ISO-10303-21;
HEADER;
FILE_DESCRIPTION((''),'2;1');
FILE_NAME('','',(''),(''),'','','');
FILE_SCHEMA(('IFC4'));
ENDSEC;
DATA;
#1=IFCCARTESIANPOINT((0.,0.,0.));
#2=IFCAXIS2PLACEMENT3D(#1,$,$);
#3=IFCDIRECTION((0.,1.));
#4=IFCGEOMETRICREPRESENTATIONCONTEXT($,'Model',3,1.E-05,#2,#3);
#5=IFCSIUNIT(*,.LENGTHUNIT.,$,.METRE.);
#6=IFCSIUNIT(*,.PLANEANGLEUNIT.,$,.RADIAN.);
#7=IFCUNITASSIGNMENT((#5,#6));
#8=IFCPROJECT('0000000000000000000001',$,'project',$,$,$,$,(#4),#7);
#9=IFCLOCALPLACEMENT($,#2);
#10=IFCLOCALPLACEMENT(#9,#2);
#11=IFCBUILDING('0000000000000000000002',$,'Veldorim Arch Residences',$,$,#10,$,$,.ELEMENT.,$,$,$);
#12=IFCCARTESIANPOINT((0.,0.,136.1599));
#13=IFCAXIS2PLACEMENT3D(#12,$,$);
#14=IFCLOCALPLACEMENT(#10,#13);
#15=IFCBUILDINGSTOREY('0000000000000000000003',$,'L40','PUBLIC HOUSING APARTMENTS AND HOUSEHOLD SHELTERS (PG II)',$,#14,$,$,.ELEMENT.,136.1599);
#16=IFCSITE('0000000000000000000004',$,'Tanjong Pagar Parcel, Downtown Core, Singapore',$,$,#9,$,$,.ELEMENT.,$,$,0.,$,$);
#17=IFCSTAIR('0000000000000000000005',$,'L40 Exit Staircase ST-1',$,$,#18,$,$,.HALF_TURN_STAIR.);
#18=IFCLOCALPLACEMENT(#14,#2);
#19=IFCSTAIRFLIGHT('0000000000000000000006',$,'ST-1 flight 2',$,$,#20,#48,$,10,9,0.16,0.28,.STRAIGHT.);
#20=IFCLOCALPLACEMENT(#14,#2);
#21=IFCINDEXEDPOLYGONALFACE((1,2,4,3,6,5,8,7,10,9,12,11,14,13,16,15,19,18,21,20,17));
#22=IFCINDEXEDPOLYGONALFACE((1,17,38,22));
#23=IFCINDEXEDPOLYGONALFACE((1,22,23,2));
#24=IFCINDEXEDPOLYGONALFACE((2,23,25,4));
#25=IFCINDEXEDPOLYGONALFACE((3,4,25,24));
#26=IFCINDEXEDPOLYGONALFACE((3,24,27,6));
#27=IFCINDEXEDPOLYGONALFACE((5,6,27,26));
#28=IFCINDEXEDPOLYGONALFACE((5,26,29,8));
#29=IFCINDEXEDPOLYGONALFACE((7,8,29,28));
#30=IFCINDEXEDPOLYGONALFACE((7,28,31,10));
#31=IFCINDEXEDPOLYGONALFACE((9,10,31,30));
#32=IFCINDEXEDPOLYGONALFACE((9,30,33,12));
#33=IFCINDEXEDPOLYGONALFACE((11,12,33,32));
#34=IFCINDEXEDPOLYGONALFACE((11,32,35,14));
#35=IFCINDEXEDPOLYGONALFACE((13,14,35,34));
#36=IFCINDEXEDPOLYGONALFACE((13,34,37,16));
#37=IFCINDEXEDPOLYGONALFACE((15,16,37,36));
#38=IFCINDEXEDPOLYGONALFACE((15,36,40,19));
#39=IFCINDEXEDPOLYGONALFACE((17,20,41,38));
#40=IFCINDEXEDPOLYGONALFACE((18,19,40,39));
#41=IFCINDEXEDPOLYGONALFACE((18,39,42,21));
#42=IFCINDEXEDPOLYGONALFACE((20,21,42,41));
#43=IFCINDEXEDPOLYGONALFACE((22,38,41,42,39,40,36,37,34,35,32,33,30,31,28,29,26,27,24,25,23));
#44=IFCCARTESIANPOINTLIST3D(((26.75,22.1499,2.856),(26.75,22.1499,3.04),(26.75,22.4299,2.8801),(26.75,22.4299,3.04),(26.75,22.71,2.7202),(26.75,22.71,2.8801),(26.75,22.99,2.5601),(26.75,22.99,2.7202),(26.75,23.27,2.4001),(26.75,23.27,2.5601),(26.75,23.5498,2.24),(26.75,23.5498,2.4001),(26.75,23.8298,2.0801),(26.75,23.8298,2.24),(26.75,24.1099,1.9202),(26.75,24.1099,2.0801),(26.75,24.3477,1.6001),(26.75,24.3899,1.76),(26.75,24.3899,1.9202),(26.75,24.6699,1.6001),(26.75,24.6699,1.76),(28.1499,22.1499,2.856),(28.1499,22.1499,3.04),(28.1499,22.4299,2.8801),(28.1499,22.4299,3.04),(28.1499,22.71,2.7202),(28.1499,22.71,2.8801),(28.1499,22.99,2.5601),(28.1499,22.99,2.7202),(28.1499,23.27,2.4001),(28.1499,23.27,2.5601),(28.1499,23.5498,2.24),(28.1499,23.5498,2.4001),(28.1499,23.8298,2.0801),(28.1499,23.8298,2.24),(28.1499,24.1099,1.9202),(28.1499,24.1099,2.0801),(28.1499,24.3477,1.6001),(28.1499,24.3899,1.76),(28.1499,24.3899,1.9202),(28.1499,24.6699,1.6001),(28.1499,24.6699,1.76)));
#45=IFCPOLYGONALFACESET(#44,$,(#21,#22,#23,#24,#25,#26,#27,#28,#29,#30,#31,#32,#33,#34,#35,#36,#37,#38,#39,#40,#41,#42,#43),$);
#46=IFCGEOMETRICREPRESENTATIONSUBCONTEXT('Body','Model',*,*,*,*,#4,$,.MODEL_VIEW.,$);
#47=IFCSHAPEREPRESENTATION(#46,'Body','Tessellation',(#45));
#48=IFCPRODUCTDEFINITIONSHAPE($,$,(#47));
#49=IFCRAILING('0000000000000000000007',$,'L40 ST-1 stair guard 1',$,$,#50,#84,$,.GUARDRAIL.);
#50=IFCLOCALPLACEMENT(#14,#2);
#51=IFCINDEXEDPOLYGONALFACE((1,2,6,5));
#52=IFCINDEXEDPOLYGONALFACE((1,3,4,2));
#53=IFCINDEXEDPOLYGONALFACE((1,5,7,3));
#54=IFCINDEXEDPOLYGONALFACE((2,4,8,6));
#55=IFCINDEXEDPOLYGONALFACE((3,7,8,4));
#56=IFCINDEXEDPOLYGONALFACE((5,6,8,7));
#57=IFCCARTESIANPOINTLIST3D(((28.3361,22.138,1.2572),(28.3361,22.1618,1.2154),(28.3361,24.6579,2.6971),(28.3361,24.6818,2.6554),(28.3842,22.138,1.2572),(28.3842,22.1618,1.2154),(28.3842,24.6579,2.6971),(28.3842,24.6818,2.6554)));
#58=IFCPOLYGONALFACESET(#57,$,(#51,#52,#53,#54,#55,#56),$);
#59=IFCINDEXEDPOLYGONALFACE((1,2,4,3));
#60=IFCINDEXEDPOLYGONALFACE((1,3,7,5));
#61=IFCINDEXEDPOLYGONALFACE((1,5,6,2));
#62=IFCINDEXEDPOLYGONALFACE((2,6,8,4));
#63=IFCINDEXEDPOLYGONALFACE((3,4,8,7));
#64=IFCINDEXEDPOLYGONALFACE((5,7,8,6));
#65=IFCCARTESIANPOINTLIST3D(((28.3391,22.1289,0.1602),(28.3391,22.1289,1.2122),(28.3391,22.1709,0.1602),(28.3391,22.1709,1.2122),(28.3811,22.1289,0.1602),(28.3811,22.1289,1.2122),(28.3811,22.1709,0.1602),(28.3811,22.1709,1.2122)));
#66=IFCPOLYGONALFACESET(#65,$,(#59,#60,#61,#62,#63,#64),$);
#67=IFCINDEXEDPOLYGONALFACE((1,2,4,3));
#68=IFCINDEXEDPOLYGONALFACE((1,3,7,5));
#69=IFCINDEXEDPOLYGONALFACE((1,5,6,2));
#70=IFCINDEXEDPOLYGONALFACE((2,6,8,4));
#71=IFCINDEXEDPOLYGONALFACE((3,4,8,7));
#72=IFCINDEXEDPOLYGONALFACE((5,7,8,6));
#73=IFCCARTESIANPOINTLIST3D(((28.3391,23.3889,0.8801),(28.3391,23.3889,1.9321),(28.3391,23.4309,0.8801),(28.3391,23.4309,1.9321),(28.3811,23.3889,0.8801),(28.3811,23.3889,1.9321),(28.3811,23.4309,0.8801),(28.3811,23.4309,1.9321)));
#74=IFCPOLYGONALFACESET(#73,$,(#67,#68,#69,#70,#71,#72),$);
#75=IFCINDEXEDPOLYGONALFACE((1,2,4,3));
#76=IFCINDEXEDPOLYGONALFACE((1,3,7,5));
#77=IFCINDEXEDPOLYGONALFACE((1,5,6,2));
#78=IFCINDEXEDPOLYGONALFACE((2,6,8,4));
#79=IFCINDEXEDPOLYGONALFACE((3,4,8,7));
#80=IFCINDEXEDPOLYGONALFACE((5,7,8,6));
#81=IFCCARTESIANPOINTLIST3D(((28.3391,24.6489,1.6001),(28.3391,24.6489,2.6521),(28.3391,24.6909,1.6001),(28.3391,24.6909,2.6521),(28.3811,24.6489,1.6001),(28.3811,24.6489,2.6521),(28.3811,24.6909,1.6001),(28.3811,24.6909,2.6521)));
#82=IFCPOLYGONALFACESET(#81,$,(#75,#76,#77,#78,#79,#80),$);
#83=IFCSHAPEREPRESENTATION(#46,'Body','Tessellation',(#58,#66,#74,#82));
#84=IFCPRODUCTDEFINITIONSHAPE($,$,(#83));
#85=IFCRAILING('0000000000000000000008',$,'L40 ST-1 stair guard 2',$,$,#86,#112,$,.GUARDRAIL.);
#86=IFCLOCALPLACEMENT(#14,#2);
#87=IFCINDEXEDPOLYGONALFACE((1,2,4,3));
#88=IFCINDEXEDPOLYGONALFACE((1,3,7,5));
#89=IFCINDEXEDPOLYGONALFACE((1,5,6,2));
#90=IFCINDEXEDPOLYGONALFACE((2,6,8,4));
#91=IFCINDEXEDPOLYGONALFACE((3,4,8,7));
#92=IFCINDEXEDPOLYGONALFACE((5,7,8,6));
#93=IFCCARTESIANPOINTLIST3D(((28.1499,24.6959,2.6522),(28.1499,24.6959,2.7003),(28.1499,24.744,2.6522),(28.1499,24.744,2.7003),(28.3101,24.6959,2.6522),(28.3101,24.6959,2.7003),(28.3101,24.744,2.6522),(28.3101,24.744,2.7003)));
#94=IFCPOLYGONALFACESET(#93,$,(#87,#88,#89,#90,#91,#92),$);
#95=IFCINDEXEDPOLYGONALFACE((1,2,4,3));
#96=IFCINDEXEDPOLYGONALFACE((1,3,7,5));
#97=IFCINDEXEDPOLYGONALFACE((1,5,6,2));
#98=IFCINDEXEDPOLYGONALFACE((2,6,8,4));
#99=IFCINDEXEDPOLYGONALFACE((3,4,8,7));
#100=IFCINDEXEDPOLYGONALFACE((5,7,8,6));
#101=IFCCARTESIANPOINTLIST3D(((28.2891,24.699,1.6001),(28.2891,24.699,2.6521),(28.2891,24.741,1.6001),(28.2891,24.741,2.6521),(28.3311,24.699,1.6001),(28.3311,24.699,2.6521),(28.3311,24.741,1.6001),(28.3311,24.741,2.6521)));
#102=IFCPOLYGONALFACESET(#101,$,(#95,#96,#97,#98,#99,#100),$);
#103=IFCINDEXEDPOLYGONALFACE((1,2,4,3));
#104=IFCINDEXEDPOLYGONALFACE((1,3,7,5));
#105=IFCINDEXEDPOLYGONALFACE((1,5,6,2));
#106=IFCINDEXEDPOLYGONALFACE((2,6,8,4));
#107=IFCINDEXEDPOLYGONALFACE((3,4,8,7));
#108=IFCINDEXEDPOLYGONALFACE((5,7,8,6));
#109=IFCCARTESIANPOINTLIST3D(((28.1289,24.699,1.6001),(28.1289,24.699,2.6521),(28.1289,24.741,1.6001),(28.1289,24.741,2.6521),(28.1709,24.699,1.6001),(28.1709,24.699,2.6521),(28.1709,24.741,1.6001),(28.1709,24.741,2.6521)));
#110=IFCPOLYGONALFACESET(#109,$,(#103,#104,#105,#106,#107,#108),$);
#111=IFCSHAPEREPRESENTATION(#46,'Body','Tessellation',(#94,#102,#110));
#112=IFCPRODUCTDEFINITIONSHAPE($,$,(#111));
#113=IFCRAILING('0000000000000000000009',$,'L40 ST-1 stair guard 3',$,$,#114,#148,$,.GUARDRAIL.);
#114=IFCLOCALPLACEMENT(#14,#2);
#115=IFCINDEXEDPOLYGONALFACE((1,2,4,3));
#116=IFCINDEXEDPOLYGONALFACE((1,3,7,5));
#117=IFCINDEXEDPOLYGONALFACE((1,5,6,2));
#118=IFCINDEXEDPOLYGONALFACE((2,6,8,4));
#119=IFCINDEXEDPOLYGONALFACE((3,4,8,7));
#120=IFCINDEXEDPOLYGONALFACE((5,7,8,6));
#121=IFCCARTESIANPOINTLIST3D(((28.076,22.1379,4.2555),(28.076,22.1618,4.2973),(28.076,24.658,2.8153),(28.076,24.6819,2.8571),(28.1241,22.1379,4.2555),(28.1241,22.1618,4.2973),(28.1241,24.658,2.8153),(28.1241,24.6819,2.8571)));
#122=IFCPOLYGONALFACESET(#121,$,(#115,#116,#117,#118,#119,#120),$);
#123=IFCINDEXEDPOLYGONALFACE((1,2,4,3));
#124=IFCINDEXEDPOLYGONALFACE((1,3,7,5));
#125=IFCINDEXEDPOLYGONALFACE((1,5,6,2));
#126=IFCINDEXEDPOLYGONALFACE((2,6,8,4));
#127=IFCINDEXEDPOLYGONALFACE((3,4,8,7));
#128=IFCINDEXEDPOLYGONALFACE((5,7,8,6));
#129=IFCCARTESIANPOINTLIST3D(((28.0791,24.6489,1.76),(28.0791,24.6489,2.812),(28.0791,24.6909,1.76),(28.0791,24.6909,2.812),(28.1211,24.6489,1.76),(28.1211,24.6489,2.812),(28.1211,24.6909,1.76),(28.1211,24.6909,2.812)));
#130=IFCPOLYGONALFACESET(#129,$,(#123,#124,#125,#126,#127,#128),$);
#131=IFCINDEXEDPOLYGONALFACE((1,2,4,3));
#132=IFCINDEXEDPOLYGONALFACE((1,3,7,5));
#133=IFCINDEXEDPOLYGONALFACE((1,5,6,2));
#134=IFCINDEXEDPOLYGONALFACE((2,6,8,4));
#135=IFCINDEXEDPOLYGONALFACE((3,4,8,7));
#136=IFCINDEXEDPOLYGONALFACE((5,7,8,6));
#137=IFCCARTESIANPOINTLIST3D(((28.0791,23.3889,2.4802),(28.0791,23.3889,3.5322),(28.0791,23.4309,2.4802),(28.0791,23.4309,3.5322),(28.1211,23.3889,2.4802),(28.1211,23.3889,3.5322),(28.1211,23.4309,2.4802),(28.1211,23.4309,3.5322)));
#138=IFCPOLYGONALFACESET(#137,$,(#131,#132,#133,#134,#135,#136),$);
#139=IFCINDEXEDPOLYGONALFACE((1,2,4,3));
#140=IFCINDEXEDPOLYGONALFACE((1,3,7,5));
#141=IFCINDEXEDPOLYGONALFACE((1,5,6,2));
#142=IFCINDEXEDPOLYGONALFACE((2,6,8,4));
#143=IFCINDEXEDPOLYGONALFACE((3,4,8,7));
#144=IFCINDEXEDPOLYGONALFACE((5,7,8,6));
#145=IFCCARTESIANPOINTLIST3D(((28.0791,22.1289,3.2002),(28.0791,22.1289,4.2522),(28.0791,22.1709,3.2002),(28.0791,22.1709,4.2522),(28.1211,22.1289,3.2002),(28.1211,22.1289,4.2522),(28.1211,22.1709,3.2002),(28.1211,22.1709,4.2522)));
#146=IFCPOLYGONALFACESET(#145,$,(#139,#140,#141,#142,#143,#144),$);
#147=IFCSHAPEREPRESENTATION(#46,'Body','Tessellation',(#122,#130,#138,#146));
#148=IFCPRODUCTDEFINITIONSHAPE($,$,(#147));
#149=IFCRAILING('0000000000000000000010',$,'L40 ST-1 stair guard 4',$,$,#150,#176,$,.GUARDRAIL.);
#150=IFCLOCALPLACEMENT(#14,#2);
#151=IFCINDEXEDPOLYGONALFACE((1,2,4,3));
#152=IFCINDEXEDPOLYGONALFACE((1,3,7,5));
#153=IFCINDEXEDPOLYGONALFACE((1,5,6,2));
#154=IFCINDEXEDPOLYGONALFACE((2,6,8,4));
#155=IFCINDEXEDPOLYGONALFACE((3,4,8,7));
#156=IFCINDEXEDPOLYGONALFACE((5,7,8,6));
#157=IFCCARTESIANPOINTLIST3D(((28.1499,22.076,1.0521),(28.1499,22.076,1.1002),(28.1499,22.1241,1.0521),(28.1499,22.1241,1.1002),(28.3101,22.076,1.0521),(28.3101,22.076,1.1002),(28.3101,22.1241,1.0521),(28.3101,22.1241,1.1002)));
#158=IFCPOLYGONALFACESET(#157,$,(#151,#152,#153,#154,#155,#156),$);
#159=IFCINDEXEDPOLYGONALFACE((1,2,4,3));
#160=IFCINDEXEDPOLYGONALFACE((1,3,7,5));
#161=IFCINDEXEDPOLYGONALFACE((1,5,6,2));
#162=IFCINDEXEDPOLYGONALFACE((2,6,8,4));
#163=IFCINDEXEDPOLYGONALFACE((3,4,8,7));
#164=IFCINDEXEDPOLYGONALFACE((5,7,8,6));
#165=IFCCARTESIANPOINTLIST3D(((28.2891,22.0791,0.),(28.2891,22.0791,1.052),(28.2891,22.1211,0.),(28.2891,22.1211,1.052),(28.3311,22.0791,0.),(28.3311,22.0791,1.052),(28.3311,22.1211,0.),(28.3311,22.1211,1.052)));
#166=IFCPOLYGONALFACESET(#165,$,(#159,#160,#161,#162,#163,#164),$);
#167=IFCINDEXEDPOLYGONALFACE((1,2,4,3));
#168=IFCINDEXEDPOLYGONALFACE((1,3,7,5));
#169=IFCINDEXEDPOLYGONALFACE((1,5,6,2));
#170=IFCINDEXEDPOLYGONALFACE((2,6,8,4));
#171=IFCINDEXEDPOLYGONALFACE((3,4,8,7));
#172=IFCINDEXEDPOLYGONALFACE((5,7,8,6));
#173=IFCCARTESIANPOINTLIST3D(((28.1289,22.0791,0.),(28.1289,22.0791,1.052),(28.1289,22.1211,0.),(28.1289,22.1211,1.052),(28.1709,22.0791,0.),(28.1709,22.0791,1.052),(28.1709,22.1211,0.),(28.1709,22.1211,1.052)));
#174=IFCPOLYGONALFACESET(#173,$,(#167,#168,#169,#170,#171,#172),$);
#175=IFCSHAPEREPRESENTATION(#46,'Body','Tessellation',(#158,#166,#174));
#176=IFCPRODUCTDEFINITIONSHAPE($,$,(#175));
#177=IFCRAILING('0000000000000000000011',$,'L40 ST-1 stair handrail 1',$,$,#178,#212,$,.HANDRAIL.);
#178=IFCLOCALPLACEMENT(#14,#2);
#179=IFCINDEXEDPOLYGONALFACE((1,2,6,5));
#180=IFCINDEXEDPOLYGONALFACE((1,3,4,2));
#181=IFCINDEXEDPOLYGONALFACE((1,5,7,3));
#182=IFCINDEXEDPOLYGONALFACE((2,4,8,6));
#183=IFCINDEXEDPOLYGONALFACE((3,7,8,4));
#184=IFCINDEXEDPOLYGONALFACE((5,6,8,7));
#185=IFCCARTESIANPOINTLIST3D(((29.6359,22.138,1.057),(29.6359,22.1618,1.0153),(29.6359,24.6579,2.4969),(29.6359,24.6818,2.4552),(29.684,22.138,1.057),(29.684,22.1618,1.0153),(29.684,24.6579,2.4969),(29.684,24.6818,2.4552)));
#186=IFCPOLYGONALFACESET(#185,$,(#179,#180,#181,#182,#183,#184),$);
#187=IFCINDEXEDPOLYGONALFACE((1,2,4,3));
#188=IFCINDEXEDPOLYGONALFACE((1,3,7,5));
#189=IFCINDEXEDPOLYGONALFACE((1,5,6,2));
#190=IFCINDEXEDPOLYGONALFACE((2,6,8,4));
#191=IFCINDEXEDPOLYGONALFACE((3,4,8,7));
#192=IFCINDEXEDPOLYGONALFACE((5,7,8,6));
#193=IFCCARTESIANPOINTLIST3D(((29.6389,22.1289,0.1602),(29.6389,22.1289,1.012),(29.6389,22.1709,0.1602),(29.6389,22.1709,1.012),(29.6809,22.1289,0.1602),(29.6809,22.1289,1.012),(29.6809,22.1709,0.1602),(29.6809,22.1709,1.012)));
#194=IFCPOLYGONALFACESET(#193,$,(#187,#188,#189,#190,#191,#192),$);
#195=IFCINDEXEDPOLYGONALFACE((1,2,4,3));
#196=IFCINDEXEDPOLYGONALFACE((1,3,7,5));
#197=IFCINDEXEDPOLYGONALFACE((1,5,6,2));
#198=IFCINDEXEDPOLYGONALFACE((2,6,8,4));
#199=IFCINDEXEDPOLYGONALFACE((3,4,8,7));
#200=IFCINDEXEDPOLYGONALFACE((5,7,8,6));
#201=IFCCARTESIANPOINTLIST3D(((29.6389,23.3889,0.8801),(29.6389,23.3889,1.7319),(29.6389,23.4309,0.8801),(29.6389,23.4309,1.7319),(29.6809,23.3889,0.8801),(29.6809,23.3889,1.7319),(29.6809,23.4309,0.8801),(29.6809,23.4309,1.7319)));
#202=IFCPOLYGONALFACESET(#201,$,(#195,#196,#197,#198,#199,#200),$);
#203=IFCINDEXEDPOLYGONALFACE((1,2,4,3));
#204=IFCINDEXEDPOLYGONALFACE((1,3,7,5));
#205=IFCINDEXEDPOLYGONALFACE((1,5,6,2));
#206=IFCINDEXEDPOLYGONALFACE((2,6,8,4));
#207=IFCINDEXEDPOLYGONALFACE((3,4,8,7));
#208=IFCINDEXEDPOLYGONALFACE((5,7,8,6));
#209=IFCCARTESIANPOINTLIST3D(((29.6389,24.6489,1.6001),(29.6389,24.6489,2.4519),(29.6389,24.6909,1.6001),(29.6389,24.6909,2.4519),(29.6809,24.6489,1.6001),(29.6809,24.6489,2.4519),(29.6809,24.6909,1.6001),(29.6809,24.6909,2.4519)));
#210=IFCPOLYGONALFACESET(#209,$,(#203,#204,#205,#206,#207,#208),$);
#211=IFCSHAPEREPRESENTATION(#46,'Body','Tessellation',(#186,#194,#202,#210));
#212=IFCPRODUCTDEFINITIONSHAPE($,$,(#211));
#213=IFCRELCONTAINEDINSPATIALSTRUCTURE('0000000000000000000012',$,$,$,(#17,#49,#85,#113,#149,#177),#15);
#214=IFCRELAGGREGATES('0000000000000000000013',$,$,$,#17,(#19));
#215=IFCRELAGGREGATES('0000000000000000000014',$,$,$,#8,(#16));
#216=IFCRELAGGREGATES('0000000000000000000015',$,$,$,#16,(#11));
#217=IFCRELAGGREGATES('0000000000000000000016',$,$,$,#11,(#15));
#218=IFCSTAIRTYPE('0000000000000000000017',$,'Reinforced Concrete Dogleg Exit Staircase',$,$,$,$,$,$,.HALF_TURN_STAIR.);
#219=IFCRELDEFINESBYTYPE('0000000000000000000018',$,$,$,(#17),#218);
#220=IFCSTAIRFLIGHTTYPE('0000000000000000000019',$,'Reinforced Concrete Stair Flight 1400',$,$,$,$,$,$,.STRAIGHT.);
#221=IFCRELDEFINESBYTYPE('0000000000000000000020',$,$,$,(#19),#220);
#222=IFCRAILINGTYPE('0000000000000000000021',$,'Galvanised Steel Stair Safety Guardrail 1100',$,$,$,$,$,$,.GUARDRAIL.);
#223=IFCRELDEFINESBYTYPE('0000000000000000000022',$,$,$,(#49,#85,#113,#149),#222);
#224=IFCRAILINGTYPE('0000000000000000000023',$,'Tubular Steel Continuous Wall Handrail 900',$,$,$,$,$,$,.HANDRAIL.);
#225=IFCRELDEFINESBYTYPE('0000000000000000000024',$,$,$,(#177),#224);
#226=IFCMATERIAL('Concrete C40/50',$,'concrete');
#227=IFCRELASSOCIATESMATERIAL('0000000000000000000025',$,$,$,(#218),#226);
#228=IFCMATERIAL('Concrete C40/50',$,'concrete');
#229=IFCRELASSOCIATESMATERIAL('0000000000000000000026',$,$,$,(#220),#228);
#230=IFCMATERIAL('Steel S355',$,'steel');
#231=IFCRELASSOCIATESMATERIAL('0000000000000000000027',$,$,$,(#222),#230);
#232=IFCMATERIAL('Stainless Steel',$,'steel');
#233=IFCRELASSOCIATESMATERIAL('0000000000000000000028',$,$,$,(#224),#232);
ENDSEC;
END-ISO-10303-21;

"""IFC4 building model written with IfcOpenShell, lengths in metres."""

from ifc_helpers import new_model, si_unit, direction, frame, origin, origin_2d, place, context, subcontext, project, spatial, polyline, rectangle, outline, extrude, material, type_object, element, aggregate, save


model = new_model("IFC4")

# Units and contexts
model_context = context("Model", 3, precision=1e-05, world=origin(), true_north=direction((0.0, 1.0)))
body_context = subcontext(model_context, "Body", "Model", "MODEL_VIEW")
ifc_project = project(units=[si_unit("LENGTHUNIT", "METRE"), si_unit("PLANEANGLEUNIT", "RADIAN")], contexts=[model_context])

# Site, building, storey
site_placement = place(None, origin())
site = spatial("IfcSite", under=ifc_project, at=site_placement, Name="Tanjong Pagar Parcel, Downtown Core, Singapore", CompositionType="ELEMENT", RefElevation=0.0)
building_placement = place(site_placement, origin())
building = spatial("IfcBuilding", under=site, at=building_placement, Name="Veldorim Arch Residences", CompositionType="ELEMENT")
storey_placement = place(building_placement, frame((0.0, 0.0, 136.1599)))
storey = spatial("IfcBuildingStorey", under=building, at=storey_placement, Name="L40", Description="PUBLIC HOUSING APARTMENTS AND HOUSEHOLD SHELTERS (PG II)", CompositionType="ELEMENT", Elevation=136.1599)

# Stair, stair flight
ifc_material_1 = material(Name="Concrete C40/50", Category="concrete")
stair_type = type_object("IfcStairType", Name="Reinforced Concrete Dogleg Exit Staircase", PredefinedType="HALF_TURN_STAIR", material=ifc_material_1)
stair_placement = place(storey_placement, origin())
stair = element("IfcStair", 1, at=stair_placement, inside=storey, type_object=stair_type, Name="L40 Exit Staircase ST-1", PredefinedType="HALF_TURN_STAIR")
ifc_material_2 = material(Name="Concrete C40/50", Category="concrete")
stair_flight_type = type_object("IfcStairFlightType", Name="Reinforced Concrete Stair Flight 1400", PredefinedType="STRAIGHT", material=ifc_material_2)
stair_flight_1_placement = place(storey_placement, frame((27.45, 24.6699, 1.6001), z_axis=(0.0, 0.0, 1.0), x_axis=(0.0, -1.0, 0.0)))
stair_flight_1 = element("IfcStairFlight", 2, at=stair_flight_1_placement, type_object=stair_flight_type, Name="ST-1 flight 2", NumberOfRisers=10, NumberOfTreads=9, PredefinedType="STRAIGHT", RiserHeight=0.16, TreadLength=0.28, context=body_context, shape_type="SweptSolid", body=[
    extrude(outline(polyline([(0.0, 0.0), (0.0, 0.1599), (0.28, 0.1599), (0.28, 0.3201), (0.5601, 0.3201), (0.5601, 0.48), (0.8401, 0.48), (0.8401, 0.6399), (1.1201, 0.6399), (1.1201, 0.8), (1.3999, 0.8), (1.3999, 0.96), (1.6799, 0.96), (1.6799, 1.1201), (1.96, 1.1201), (1.96, 1.28), (2.24, 1.28), (2.24, 1.4399), (2.52, 1.4399), (2.52, 1.6001), (2.52, 1.2559), (0.3223, 0.0), (0.0, 0.0)])), frame((0.0, 0.7, 0.0), z_axis=(0.0, -1.0, 0.0), x_axis=(1.0, 0.0, 0.0)), (0.0, 0.0, 1.0), 1.3999),
])
aggregate(stair, [stair_flight_1])

# Railings
ifc_material_3 = material(Name="Steel S355", Category="steel")
railing_type_1 = type_object("IfcRailingType", Name="Galvanised Steel Stair Safety Guardrail 1100", PredefinedType="GUARDRAIL", material=ifc_material_3)
railing_1_placement = place(storey_placement, frame((28.3601, 22.1499, 0.1602)))
element("IfcRailing", 3, at=railing_1_placement, inside=storey, type_object=railing_type_1, Name="L40 ST-1 stair guard 1", PredefinedType="GUARDRAIL", context=body_context, shape_type="SweptSolid", body=[
    extrude(rectangle(XDim=0.0481, YDim=0.0481, at=origin_2d()), frame((0.0, 0.0, 1.0762), z_axis=(0.0, 0.868253, 0.496121), x_axis=(-1.0, 0.0, 0.0)), (0.0, 0.0, 1.0), 2.9023),
    extrude(rectangle(XDim=0.042, YDim=0.042, at=origin_2d()), origin(), (0.0, 0.0, 1.0), 1.052),
    extrude(rectangle(XDim=0.042, YDim=0.042, at=origin_2d()), frame((0.0, 1.26, 0.72)), (0.0, 0.0, 1.0), 1.052),
    extrude(rectangle(XDim=0.042, YDim=0.042, at=origin_2d()), frame((0.0, 2.52, 1.4399)), (0.0, 0.0, 1.0), 1.052),
])
railing_2_placement = place(storey_placement, frame((28.3101, 24.72, 1.6001)))
element("IfcRailing", 4, at=railing_2_placement, inside=storey, type_object=railing_type_1, Name="L40 ST-1 stair guard 2", PredefinedType="GUARDRAIL", context=body_context, shape_type="SweptSolid", body=[
    extrude(rectangle(XDim=0.0481, YDim=0.0481, at=origin_2d()), frame((0.0, 0.0, 1.0762), z_axis=(-1.0, 0.0, 0.0), x_axis=(0.0, -1.0, 0.0)), (0.0, 0.0, 1.0), 0.1602),
    extrude(rectangle(XDim=0.042, YDim=0.042, at=origin_2d()), origin(), (0.0, 0.0, 1.0), 1.052),
    extrude(rectangle(XDim=0.042, YDim=0.042, at=origin_2d()), frame((-0.1602, 0.0, 0.0)), (0.0, 0.0, 1.0), 1.052),
])
railing_3_placement = place(storey_placement, frame((28.1001, 24.6699, 1.76)))
element("IfcRailing", 5, at=railing_3_placement, inside=storey, type_object=railing_type_1, Name="L40 ST-1 stair guard 3", PredefinedType="GUARDRAIL", context=body_context, shape_type="SweptSolid", body=[
    extrude(rectangle(XDim=0.0481, YDim=0.0481, at=origin_2d()), frame((0.0, 0.0, 1.0762), z_axis=(0.0, -0.868217, 0.496184), x_axis=(1.0, 0.0, 0.0)), (0.0, 0.0, 1.0), 2.9026),
    extrude(rectangle(XDim=0.042, YDim=0.042, at=origin_2d()), origin(), (0.0, 0.0, 1.0), 1.052),
    extrude(rectangle(XDim=0.042, YDim=0.042, at=origin_2d()), frame((0.0, -1.26, 0.7202)), (0.0, 0.0, 1.0), 1.052),
    extrude(rectangle(XDim=0.042, YDim=0.042, at=origin_2d()), frame((0.0, -2.52, 1.4402)), (0.0, 0.0, 1.0), 1.052),
])
railing_4_placement = place(storey_placement, frame((28.3101, 22.1001, 0.0)))
element("IfcRailing", 6, at=railing_4_placement, inside=storey, type_object=railing_type_1, Name="L40 ST-1 stair guard 4", PredefinedType="GUARDRAIL", context=body_context, shape_type="SweptSolid", body=[
    extrude(rectangle(XDim=0.0481, YDim=0.0481, at=origin_2d()), frame((0.0, 0.0, 1.0762), z_axis=(-1.0, 0.0, 0.0), x_axis=(0.0, -1.0, 0.0)), (0.0, 0.0, 1.0), 0.1602),
    extrude(rectangle(XDim=0.042, YDim=0.042, at=origin_2d()), origin(), (0.0, 0.0, 1.0), 1.052),
    extrude(rectangle(XDim=0.042, YDim=0.042, at=origin_2d()), frame((-0.1602, 0.0, 0.0)), (0.0, 0.0, 1.0), 1.052),
])
ifc_material_4 = material(Name="Stainless Steel", Category="steel")
railing_type_2 = type_object("IfcRailingType", Name="Tubular Steel Continuous Wall Handrail 900", PredefinedType="HANDRAIL", material=ifc_material_4)
railing_5_placement = place(storey_placement, frame((29.6599, 22.1499, 0.1602)))
element("IfcRailing", 7, at=railing_5_placement, inside=storey, type_object=railing_type_2, Name="L40 ST-1 stair handrail 1", PredefinedType="HANDRAIL", context=body_context, shape_type="SweptSolid", body=[
    extrude(rectangle(XDim=0.0481, YDim=0.0481, at=origin_2d()), frame((0.0, 0.0, 0.876), z_axis=(0.0, 0.868253, 0.496121), x_axis=(-1.0, 0.0, 0.0)), (0.0, 0.0, 1.0), 2.9023),
    extrude(rectangle(XDim=0.042, YDim=0.042, at=origin_2d()), origin(), (0.0, 0.0, 1.0), 0.8518),
    extrude(rectangle(XDim=0.042, YDim=0.042, at=origin_2d()), frame((0.0, 1.26, 0.72)), (0.0, 0.0, 1.0), 0.8518),
    extrude(rectangle(XDim=0.042, YDim=0.042, at=origin_2d()), frame((0.0, 2.52, 1.4399)), (0.0, 0.0, 1.0), 0.8518),
])

save(model, "model.ifc")
